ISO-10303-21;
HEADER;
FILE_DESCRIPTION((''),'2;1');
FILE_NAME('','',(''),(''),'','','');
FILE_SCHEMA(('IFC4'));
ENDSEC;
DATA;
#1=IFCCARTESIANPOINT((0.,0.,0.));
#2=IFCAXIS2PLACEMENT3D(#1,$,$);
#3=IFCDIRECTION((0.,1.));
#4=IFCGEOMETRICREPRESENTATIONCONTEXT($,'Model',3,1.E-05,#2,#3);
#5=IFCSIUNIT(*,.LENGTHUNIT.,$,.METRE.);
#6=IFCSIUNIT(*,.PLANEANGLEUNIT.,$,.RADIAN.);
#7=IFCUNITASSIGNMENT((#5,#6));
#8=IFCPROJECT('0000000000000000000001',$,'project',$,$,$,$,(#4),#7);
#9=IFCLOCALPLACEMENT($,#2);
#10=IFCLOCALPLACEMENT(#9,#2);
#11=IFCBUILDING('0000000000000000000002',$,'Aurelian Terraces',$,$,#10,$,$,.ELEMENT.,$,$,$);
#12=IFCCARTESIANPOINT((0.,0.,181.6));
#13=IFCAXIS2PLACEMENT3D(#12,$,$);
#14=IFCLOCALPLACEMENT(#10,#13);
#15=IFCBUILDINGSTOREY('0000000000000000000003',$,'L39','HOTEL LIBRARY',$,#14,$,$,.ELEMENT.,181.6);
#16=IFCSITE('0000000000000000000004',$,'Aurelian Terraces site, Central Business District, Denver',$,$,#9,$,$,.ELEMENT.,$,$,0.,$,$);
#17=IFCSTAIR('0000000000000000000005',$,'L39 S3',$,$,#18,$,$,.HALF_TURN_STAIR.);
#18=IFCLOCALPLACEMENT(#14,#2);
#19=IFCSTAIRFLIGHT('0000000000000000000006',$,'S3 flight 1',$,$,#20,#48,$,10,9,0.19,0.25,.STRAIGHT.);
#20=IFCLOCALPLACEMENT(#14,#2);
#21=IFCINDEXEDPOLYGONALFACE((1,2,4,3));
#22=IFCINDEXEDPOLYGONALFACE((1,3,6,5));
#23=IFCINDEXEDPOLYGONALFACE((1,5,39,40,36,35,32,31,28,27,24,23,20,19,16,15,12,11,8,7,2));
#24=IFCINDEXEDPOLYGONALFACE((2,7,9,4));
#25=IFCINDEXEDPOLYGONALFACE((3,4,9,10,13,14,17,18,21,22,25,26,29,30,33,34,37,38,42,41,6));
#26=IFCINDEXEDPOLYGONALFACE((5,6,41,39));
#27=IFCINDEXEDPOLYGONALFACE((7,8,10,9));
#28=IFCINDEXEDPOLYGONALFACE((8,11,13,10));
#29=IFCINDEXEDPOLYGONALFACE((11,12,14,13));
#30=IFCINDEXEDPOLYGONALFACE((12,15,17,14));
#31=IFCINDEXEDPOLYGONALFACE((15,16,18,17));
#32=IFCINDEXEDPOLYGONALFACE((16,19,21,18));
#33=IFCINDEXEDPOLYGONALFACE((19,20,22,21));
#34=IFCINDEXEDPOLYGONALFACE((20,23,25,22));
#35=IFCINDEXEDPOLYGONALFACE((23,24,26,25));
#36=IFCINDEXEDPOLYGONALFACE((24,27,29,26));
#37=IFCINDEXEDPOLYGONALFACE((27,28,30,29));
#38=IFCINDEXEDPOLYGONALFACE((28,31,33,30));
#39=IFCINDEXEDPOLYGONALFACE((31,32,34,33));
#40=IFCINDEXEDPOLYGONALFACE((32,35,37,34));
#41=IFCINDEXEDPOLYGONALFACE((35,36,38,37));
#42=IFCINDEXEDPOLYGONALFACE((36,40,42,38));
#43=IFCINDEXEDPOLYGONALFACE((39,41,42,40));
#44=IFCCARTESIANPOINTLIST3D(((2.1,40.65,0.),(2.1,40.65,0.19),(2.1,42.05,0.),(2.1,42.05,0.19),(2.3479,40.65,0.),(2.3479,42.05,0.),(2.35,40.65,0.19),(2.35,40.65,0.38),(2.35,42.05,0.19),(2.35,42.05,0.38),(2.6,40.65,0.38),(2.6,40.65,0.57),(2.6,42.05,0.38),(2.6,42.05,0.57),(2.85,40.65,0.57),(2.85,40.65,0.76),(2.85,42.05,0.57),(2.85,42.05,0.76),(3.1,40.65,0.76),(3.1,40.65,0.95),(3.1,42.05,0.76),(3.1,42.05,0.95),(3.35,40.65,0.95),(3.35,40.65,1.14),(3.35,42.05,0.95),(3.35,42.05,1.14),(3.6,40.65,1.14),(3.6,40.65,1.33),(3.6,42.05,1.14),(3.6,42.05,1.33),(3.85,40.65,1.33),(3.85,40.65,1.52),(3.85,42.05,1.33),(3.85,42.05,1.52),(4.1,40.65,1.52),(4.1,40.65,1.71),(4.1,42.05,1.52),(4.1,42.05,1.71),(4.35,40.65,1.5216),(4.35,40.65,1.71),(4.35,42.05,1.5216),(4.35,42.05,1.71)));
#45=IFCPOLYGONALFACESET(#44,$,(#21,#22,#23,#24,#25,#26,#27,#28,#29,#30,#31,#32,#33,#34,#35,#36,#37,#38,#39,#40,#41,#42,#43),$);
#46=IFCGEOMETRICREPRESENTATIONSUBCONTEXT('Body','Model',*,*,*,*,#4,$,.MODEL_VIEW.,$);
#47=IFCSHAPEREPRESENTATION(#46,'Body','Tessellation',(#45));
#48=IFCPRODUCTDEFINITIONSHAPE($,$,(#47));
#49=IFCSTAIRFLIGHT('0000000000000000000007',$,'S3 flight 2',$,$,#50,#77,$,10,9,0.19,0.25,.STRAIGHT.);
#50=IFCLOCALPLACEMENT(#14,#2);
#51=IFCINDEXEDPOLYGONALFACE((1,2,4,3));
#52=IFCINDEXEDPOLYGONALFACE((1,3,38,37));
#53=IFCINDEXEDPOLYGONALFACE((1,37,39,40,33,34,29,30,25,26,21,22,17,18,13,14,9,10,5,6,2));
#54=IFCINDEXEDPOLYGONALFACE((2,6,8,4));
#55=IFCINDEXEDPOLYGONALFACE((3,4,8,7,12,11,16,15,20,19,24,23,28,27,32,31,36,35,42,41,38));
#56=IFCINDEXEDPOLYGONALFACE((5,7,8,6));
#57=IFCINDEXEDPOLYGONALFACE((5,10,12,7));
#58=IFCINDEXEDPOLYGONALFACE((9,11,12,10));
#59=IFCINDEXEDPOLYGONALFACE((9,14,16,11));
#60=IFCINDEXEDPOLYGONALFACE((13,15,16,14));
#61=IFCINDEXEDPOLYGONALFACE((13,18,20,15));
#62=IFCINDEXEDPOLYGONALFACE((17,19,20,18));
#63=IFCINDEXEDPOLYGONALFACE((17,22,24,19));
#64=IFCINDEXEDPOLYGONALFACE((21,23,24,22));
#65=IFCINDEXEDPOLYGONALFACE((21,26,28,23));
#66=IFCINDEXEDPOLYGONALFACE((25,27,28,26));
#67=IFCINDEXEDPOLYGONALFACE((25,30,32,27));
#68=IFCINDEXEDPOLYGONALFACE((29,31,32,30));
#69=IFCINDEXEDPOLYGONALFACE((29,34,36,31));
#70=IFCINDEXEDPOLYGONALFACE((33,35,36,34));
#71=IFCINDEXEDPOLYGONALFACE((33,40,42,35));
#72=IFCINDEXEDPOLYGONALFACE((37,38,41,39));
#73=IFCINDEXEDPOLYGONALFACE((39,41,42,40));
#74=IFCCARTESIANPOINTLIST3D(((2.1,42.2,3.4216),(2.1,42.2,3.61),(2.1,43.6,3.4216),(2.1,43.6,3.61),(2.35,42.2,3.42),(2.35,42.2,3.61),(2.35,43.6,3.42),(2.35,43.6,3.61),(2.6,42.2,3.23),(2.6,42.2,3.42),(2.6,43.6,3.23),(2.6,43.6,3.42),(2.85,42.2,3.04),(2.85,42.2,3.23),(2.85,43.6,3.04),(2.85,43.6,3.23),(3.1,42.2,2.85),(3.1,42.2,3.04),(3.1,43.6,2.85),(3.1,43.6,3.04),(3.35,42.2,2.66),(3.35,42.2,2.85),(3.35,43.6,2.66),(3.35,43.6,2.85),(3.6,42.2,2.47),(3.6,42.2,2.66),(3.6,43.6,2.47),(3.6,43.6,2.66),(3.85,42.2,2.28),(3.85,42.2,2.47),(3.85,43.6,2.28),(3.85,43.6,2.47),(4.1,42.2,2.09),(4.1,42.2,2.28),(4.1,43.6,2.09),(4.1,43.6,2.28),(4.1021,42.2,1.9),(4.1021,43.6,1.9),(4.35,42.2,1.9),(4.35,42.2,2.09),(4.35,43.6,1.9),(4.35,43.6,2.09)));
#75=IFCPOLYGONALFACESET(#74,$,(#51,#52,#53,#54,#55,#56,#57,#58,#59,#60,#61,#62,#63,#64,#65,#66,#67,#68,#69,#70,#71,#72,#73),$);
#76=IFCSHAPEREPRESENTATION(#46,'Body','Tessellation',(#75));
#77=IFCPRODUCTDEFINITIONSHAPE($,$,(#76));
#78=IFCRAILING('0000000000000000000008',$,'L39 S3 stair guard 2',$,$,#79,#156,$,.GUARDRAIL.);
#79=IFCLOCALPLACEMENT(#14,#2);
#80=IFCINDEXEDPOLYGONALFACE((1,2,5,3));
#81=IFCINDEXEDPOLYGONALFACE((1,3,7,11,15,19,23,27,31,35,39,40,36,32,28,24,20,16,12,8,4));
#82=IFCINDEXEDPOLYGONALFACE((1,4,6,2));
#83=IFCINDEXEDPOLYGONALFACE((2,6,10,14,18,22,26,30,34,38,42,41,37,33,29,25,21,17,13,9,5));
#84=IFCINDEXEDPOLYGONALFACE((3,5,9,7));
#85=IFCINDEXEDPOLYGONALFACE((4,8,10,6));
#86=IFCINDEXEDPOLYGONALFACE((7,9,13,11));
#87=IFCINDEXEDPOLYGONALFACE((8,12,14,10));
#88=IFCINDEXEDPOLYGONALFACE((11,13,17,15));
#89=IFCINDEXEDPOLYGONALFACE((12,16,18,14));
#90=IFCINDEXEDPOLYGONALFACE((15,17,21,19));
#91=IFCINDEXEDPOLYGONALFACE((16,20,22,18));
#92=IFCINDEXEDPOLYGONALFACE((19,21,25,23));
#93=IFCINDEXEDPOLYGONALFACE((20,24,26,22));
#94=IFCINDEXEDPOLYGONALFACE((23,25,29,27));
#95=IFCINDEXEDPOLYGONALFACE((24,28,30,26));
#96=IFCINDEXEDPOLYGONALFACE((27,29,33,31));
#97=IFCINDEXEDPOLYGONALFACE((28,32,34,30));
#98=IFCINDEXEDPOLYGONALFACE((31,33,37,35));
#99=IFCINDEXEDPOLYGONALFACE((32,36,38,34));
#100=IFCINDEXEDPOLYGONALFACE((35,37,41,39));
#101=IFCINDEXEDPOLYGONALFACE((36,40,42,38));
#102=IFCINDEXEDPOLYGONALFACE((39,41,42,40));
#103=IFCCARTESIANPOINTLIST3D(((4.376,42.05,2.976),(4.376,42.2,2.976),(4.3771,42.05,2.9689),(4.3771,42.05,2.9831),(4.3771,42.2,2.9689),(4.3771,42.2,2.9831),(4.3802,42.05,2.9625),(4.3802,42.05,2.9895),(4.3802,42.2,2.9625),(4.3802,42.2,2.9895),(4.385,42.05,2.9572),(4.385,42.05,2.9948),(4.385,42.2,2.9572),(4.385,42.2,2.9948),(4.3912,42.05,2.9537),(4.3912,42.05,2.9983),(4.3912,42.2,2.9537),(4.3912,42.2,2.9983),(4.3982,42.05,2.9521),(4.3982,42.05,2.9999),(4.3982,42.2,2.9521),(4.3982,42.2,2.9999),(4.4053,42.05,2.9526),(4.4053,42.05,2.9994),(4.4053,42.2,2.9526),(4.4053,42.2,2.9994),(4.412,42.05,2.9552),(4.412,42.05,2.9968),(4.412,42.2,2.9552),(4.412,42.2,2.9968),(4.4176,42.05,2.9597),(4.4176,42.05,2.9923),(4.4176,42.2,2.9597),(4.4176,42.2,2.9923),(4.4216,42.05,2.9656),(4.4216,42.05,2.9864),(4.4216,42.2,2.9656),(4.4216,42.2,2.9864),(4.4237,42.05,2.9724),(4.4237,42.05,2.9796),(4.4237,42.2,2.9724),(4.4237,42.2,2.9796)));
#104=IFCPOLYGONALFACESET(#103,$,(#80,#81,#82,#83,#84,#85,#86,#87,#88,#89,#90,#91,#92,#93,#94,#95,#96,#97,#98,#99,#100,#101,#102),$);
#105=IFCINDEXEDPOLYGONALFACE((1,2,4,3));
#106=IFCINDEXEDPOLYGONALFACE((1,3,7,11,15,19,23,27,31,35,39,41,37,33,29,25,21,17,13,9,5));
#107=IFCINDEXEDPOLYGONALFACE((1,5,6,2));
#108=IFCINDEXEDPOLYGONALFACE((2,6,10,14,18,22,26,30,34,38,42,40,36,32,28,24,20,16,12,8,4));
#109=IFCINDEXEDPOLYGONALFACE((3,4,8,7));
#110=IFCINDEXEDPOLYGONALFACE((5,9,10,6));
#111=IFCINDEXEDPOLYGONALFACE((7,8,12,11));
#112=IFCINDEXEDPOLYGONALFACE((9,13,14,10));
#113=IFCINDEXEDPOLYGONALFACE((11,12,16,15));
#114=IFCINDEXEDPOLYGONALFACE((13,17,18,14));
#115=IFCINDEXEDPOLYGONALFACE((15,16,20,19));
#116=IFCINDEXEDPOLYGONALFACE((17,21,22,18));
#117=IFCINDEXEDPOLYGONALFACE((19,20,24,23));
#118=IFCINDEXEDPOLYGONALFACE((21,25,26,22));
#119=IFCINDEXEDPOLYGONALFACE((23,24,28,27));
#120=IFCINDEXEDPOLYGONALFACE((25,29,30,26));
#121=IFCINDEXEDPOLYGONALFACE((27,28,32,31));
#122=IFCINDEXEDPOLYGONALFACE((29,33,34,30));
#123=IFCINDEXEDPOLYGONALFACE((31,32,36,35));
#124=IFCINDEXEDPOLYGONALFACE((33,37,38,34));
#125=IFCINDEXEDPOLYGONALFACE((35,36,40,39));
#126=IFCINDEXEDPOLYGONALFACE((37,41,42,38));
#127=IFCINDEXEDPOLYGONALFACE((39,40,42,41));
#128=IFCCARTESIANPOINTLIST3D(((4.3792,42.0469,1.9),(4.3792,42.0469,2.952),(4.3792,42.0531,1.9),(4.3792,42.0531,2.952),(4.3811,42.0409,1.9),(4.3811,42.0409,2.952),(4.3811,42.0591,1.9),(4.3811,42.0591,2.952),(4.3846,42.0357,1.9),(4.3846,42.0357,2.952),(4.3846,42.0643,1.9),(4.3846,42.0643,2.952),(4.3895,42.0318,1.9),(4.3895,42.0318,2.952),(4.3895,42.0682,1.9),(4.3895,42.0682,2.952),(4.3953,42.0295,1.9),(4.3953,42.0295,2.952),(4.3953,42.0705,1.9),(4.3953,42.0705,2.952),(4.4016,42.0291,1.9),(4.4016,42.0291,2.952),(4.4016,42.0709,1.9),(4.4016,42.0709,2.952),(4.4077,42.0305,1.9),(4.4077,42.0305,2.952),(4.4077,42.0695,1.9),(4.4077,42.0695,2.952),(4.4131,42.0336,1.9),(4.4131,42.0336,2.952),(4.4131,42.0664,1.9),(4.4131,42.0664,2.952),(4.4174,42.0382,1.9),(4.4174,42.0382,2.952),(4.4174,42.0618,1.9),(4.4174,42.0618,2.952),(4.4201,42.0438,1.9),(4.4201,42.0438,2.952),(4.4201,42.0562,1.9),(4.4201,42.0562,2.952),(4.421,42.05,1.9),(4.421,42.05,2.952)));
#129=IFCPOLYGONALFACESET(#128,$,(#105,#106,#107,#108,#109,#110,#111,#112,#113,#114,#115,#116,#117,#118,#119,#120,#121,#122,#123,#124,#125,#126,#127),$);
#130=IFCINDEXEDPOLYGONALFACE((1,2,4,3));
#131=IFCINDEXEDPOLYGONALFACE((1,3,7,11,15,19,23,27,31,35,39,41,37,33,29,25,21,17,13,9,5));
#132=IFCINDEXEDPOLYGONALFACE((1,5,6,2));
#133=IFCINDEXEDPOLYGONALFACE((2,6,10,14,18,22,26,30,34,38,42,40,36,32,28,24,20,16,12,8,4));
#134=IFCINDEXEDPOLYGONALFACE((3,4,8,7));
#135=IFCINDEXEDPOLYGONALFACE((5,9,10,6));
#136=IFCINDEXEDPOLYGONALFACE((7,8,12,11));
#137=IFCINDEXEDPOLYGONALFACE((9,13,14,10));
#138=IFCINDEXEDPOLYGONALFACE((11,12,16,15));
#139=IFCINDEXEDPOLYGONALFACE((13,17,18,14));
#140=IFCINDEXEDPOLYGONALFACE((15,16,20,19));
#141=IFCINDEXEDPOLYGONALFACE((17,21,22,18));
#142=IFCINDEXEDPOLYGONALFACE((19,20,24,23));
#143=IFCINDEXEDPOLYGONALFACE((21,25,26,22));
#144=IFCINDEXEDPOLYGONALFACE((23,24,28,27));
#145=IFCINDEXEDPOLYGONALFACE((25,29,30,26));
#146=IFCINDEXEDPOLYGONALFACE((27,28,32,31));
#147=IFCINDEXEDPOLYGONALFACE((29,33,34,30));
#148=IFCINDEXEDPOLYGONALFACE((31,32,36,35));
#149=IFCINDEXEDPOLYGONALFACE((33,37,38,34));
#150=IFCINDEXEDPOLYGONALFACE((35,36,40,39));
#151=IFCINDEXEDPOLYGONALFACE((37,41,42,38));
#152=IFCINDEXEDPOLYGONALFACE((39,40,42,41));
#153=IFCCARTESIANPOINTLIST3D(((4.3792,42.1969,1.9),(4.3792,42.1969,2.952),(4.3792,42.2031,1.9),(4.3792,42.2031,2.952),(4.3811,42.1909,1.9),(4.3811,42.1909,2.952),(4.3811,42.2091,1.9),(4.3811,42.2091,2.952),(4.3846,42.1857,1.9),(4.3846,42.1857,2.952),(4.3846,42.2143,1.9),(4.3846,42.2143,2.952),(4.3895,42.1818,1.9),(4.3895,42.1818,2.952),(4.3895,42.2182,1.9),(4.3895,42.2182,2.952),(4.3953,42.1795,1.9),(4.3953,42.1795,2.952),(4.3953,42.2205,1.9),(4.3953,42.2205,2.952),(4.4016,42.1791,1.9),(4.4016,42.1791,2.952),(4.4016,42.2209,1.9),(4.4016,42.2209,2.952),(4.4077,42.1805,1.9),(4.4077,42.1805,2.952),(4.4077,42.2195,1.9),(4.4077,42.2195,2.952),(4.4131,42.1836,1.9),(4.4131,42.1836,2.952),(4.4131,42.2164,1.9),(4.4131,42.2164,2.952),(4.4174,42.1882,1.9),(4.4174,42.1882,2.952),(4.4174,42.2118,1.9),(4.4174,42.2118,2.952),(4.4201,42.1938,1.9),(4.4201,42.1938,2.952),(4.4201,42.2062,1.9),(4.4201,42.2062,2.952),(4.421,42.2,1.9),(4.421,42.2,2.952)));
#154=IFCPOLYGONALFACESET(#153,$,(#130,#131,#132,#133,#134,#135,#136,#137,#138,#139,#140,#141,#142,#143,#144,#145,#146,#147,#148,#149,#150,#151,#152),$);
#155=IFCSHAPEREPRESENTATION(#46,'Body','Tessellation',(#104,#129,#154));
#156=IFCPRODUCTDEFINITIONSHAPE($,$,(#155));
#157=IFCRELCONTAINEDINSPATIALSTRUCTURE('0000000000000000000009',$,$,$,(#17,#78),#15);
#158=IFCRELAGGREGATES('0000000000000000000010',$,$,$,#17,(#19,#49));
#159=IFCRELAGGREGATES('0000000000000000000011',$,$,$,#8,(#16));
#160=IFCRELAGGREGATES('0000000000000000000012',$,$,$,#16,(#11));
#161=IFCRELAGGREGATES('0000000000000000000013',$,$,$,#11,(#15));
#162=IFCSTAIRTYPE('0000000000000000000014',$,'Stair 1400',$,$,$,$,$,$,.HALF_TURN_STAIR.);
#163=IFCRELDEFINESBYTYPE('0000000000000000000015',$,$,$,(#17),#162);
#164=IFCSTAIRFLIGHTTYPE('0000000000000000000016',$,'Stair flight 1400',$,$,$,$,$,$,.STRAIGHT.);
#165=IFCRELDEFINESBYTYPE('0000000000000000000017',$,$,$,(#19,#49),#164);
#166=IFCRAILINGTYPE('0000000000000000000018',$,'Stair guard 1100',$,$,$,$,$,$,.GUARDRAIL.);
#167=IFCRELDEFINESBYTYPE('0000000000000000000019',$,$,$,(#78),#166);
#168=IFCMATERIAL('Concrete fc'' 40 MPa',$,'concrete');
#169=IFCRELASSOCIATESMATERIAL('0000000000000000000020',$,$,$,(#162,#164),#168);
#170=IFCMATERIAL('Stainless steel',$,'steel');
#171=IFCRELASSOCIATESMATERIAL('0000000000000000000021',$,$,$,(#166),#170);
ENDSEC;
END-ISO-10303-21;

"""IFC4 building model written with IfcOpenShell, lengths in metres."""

from ifc_helpers import new_model, si_unit, direction, frame, origin, origin_2d, place, context, subcontext, project, spatial, polyline, circle, outline, extrude, source, transform, mapped, material, type_object, element, aggregate, save


model = new_model("IFC4")

# Units and contexts
model_context = context("Model", 3, precision=1e-05, world=origin(), true_north=direction((0.0, 1.0)))
body_context = subcontext(model_context, "Body", "Model", "MODEL_VIEW")
ifc_project = project(units=[si_unit("LENGTHUNIT", "METRE"), si_unit("PLANEANGLEUNIT", "RADIAN")], contexts=[model_context])

# Site, building, storey
site_placement = place(None, origin())
site = spatial("IfcSite", under=ifc_project, at=site_placement, Name="Aurelian Terraces site, Central Business District, Denver", CompositionType="ELEMENT", RefElevation=0.0)
building_placement = place(site_placement, origin())
building = spatial("IfcBuilding", under=site, at=building_placement, Name="Aurelian Terraces", CompositionType="ELEMENT")
storey_placement = place(building_placement, frame((0.0, 0.0, 181.6)))
storey = spatial("IfcBuildingStorey", under=building, at=storey_placement, Name="L39", Description="HOTEL LIBRARY", CompositionType="ELEMENT", Elevation=181.6)

# Shared definitions
ifc_material_1 = material(Name="Concrete fc' 40 MPa", Category="concrete")

# Stair, stair flights
stair_type = type_object("IfcStairType", Name="Stair 1400", PredefinedType="HALF_TURN_STAIR", material=ifc_material_1)
stair_placement = place(storey_placement, origin())
stair = element("IfcStair", 1, at=stair_placement, inside=storey, type_object=stair_type, Name="L39 S3", PredefinedType="HALF_TURN_STAIR")
stair_flight_type = type_object("IfcStairFlightType", Name="Stair flight 1400", PredefinedType="STRAIGHT", material=ifc_material_1)
shared_shape_1 = source(origin(), body_context, "Body", "SweptSolid", [
    extrude(outline(polyline([(0.0, 0.0), (0.0, 0.19), (0.25, 0.19), (0.25, 0.38), (0.5, 0.38), (0.5, 0.57), (0.75, 0.57), (0.75, 0.76), (1.0, 0.76), (1.0, 0.95), (1.25, 0.95), (1.25, 1.14), (1.5, 1.14), (1.5, 1.33), (1.75, 1.33), (1.75, 1.52), (2.0, 1.52), (2.0, 1.71), (2.25, 1.71), (2.25, 1.9), (2.25, 1.5216), (0.2479, 0.0), (0.0, 0.0)])), frame((0.0, 0.7, 0.0), z_axis=(0.0, -1.0, 0.0), x_axis=(1.0, 0.0, 0.0)), (0.0, 0.0, 1.0), 1.4),
])
stair_flight_1_placement = place(storey_placement, frame((2.1, 41.35, 0.0), z_axis=(0.0, 0.0, 1.0), x_axis=(1.0, 0.0, 0.0)))
stair_flight_1 = element("IfcStairFlight", 2, at=stair_flight_1_placement, type_object=stair_flight_type, Name="S3 flight 1", NumberOfRisers=10, NumberOfTreads=9, PredefinedType="STRAIGHT", RiserHeight=0.19, TreadLength=0.25, context=body_context, shape_type="MappedRepresentation", body=[
    mapped(shared_shape_1, transform((0.0, 0.0, 0.0), scale=1.0)),
])
stair_flight_2_placement = place(storey_placement, frame((4.35, 42.9, 1.9), z_axis=(0.0, 0.0, 1.0), x_axis=(-1.0, 0.0, 0.0)))
stair_flight_2 = element("IfcStairFlight", 3, at=stair_flight_2_placement, type_object=stair_flight_type, Name="S3 flight 2", NumberOfRisers=10, NumberOfTreads=9, PredefinedType="STRAIGHT", RiserHeight=0.19, TreadLength=0.25, context=body_context, shape_type="MappedRepresentation", body=[
    mapped(shared_shape_1, transform((0.0, 0.0, 0.0), scale=1.0)),
])
aggregate(stair, [stair_flight_1, stair_flight_2])

# Railing
ifc_material_2 = material(Name="Stainless steel", Category="steel")
railing_type_1 = type_object("IfcRailingType", Name="Stair guard 1100", PredefinedType="GUARDRAIL", material=ifc_material_2)
shared_shape_2 = source(origin(), body_context, "Body", "SweptSolid", [
    extrude(circle(Radius=0.024, at=origin_2d()), frame((0.0, 0.0, 1.076), z_axis=(0.0, 1.0, 0.0), x_axis=(-1.0, 0.0, 0.0)), (0.0, 0.0, 1.0), 0.15),
    extrude(circle(Radius=0.021, at=origin_2d()), origin(), (0.0, 0.0, 1.0), 1.052),
    extrude(circle(Radius=0.021, at=origin_2d()), frame((0.0, 0.15, 0.0)), (0.0, 0.0, 1.0), 1.052),
])
for number, where, name in (
    (4, (4.4, 42.05, 1.9), "L39 S3 stair guard 2"),
):
    element("IfcRailing", number, at=place(storey_placement, frame(where)), inside=storey, type_object=railing_type_1, Name=name, PredefinedType="GUARDRAIL", context=body_context, shape_type="MappedRepresentation", body=[
        mapped(shared_shape_2, transform((0.0, 0.0, 0.0), scale=1.0)),
    ])

save(model, "model.ifc")
